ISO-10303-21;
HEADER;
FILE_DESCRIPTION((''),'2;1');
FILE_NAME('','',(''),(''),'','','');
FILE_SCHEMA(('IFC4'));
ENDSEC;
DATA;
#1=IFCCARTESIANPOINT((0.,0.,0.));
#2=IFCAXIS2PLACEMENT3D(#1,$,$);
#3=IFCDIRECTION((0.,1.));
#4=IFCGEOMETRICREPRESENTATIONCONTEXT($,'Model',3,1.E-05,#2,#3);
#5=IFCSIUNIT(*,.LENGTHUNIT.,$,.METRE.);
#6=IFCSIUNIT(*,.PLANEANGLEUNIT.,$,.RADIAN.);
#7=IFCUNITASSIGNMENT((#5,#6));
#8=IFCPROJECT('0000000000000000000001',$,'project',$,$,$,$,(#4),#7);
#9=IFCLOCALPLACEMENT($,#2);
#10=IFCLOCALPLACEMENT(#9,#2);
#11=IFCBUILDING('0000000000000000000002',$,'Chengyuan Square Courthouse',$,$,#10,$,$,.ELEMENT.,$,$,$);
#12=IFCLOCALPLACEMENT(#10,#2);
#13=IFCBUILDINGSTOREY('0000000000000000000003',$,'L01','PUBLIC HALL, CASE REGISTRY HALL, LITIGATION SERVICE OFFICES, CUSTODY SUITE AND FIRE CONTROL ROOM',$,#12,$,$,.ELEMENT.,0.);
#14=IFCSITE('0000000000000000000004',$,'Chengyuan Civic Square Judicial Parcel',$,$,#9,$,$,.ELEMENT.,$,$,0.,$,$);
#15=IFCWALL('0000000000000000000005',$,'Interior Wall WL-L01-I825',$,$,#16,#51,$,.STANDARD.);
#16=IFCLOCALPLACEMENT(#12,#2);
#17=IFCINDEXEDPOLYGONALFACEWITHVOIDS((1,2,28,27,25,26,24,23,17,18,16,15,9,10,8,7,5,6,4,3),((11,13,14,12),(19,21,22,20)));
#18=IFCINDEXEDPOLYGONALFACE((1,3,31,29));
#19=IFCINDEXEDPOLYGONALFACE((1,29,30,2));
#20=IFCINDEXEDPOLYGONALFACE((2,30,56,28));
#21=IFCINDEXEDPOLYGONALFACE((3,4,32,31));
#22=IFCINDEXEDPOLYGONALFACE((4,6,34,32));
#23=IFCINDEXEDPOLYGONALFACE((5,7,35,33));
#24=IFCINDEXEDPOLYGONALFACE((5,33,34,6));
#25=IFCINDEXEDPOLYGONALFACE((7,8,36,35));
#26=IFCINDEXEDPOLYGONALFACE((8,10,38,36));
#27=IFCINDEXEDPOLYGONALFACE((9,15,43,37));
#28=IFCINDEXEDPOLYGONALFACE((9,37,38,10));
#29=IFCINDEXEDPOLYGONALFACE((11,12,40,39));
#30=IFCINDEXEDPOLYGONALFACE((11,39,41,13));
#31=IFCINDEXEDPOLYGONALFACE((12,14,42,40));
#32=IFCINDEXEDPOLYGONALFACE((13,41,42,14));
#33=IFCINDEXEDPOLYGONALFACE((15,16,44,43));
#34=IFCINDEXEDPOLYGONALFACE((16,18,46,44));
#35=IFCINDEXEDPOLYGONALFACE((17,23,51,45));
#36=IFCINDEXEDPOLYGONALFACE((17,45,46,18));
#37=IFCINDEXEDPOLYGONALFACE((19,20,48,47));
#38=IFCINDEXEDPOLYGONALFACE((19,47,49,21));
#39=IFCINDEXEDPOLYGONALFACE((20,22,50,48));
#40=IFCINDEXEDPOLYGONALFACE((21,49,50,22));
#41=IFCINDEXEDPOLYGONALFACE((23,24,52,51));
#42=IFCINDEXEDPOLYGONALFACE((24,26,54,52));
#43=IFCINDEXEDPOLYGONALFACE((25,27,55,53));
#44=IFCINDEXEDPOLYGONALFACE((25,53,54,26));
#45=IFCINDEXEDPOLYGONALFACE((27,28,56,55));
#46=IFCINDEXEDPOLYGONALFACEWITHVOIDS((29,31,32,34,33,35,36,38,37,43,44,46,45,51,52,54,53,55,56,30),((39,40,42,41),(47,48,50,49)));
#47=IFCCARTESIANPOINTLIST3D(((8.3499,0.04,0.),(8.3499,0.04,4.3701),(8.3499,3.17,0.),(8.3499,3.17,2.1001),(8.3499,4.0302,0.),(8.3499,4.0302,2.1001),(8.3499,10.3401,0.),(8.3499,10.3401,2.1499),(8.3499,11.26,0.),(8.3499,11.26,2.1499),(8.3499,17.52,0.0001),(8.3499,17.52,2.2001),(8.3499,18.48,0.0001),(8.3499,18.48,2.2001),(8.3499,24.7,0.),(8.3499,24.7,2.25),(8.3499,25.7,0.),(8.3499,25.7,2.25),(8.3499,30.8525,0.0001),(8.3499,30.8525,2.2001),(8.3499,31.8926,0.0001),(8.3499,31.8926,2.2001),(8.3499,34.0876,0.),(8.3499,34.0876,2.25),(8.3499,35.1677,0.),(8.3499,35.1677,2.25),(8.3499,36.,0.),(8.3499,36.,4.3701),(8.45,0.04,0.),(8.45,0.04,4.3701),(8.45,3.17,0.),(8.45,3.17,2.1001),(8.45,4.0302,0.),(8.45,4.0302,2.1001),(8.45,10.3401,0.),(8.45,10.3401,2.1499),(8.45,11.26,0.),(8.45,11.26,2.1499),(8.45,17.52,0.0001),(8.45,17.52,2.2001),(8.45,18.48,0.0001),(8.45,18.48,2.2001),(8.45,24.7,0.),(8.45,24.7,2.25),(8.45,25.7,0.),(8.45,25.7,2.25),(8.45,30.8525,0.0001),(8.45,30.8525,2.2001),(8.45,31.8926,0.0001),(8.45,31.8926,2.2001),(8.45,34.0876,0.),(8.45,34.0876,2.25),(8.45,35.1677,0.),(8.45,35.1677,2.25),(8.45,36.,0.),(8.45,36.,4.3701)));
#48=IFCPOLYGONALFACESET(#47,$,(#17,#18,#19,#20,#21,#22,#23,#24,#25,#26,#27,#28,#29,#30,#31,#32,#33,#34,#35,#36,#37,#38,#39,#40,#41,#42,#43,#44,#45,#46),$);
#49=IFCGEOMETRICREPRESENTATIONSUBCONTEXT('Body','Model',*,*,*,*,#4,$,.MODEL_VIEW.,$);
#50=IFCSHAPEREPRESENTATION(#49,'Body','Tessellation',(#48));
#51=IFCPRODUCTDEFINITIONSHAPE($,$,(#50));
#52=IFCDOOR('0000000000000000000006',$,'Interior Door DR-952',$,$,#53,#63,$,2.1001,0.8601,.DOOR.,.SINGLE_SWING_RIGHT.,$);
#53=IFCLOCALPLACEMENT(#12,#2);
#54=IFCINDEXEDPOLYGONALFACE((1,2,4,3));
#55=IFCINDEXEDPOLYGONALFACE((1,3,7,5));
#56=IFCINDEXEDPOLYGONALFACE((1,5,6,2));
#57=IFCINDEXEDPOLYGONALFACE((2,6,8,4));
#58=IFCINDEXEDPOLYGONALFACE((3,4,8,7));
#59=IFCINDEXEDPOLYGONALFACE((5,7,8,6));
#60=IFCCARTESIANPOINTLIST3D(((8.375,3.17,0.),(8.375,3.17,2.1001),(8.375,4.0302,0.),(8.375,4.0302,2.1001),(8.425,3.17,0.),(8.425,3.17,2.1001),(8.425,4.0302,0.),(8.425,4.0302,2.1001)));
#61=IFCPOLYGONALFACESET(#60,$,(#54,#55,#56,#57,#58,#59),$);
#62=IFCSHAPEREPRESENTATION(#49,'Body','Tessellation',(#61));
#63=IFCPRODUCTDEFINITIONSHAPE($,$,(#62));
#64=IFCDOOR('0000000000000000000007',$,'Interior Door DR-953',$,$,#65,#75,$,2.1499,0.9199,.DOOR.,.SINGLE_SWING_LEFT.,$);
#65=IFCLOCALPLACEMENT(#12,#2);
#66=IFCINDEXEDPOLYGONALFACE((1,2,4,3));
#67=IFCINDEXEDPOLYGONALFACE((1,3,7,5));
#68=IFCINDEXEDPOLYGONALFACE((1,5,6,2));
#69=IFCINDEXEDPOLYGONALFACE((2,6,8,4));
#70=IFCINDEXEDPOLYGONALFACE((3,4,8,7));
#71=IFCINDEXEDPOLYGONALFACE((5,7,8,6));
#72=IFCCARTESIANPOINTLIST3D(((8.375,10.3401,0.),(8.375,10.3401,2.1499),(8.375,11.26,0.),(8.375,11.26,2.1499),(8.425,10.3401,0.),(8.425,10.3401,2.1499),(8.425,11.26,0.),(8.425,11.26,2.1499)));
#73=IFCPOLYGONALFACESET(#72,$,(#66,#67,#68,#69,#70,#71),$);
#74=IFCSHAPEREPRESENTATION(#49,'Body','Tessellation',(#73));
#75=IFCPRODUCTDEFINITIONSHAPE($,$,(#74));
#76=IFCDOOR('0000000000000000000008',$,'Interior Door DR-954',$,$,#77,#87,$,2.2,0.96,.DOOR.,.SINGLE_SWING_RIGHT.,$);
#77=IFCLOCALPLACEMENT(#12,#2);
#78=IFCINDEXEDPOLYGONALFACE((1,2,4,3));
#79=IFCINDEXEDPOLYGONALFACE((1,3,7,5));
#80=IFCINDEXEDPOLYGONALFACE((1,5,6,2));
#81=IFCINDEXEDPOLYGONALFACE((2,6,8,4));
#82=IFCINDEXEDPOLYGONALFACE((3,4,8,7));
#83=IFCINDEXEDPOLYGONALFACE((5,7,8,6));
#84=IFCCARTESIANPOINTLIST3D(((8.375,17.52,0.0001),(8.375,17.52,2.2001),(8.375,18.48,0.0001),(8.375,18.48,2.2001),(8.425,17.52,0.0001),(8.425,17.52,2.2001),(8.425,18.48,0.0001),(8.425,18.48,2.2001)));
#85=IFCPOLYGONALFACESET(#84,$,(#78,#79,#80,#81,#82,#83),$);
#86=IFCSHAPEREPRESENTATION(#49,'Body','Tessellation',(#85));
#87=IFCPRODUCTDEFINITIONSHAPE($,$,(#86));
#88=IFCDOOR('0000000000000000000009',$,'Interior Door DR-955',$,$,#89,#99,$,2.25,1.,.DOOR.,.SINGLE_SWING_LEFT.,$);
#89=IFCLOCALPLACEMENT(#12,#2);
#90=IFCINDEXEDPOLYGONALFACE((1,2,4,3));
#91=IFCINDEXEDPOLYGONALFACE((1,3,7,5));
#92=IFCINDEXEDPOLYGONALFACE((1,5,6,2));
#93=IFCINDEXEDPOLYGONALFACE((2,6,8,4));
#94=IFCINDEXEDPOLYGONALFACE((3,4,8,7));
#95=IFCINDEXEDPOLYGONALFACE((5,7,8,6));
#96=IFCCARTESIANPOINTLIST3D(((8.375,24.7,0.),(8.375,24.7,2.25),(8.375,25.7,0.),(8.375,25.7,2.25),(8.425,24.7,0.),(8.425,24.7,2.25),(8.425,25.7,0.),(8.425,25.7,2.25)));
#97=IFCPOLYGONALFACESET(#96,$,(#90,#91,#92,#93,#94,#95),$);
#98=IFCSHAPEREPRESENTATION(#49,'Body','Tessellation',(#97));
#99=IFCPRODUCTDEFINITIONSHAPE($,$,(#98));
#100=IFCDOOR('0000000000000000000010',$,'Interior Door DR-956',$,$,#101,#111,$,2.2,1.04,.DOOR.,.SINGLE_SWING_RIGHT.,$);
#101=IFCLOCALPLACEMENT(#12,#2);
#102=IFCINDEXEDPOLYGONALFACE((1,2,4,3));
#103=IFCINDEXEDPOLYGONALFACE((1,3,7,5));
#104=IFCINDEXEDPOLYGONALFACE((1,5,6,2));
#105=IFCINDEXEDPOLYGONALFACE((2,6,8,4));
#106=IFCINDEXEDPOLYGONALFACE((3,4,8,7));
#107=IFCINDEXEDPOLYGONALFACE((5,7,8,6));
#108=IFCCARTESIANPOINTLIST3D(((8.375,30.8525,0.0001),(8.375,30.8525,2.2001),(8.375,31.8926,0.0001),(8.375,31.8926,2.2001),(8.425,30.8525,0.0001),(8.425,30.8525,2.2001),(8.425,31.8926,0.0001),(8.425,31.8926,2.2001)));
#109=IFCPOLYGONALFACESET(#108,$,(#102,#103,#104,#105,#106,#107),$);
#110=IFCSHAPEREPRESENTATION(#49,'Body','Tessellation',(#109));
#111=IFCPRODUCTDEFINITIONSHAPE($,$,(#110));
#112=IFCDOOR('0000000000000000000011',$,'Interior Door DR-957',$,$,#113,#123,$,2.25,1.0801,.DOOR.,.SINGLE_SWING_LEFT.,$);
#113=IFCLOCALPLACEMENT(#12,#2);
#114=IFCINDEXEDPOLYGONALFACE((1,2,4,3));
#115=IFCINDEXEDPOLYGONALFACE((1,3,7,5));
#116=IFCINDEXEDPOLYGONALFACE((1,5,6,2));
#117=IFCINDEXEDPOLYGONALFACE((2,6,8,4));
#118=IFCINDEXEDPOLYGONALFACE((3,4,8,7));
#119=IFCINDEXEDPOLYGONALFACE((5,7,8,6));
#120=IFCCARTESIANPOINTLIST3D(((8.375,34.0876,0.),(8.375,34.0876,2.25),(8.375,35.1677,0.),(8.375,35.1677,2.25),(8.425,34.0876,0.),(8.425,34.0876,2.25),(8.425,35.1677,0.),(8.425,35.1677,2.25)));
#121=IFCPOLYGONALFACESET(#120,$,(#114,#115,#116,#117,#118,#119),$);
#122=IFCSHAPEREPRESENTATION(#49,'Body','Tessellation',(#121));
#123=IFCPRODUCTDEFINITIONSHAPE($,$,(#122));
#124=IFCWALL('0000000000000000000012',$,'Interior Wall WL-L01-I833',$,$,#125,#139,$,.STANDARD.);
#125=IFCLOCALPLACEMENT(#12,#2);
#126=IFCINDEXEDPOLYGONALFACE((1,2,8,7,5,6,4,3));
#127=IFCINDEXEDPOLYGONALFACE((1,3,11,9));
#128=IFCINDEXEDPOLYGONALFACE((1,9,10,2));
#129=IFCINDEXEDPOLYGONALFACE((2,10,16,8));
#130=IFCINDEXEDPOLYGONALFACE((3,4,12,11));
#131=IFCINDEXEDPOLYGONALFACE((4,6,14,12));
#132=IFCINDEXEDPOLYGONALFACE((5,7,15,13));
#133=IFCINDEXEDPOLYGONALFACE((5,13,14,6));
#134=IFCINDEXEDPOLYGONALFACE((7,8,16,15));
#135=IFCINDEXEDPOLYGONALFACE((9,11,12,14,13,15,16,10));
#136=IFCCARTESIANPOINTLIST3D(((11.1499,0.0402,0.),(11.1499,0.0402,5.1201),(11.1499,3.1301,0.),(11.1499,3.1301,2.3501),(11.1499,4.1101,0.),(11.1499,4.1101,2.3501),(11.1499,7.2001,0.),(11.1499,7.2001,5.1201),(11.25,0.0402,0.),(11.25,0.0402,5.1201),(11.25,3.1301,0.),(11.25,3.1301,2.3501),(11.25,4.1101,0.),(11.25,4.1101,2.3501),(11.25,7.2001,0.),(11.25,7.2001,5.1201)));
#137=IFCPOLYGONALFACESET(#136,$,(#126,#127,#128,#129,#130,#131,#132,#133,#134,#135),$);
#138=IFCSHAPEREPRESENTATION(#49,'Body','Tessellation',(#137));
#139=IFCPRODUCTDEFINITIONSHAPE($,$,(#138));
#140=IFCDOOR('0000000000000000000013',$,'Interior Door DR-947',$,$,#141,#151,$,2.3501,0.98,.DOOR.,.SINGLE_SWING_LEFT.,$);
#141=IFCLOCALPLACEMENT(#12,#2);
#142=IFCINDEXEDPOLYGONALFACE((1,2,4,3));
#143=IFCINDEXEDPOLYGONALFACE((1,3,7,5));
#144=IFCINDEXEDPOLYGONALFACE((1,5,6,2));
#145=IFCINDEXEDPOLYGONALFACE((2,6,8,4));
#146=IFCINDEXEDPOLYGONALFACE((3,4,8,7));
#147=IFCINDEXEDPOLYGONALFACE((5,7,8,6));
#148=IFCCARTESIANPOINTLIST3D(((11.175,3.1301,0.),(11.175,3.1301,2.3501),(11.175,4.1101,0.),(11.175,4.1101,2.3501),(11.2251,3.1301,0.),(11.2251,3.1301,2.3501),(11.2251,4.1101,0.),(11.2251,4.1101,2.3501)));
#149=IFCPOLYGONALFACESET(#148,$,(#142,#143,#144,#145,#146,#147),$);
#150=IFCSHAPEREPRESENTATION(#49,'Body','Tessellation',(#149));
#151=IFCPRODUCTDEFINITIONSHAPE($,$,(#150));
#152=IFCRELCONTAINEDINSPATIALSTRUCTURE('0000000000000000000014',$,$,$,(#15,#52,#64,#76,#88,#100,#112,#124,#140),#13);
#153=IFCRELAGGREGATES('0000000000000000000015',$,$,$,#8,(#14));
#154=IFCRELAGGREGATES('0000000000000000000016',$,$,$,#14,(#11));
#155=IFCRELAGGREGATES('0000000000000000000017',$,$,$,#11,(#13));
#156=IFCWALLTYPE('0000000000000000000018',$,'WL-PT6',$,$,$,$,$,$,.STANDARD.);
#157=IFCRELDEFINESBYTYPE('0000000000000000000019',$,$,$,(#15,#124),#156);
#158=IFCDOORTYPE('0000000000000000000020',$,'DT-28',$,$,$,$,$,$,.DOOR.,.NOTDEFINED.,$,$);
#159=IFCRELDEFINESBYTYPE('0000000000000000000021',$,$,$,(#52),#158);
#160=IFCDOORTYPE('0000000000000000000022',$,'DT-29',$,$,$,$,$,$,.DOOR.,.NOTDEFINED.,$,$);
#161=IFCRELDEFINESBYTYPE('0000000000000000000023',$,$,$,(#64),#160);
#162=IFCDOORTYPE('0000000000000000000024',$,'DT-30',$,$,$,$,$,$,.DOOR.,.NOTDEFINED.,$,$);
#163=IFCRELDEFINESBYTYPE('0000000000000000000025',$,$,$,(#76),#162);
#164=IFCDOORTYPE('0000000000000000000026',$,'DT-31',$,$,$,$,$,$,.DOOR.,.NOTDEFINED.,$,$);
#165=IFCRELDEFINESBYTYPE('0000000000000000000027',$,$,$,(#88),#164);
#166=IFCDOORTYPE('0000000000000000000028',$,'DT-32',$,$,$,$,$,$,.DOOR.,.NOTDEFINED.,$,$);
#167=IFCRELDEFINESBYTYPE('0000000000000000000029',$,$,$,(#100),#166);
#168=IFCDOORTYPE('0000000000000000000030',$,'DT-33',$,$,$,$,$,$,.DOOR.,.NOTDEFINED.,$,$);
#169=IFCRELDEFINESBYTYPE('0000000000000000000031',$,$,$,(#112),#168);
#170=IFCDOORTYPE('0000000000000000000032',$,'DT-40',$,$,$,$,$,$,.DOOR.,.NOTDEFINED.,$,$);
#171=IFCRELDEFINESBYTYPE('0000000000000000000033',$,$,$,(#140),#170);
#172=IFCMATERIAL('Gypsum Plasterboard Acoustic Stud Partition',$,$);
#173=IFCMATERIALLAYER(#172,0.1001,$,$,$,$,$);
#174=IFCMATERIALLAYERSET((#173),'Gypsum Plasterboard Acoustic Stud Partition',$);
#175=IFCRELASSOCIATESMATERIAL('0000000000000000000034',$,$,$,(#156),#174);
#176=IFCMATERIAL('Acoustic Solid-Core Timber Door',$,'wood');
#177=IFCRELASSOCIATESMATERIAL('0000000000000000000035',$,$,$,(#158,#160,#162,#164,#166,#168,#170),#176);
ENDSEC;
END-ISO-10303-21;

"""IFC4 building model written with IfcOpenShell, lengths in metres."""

from ifc_helpers import new_model, si_unit, direction, frame, frame_2d, origin, place, context, subcontext, project, spatial, rectangle, extrude, material, layer, layer_set, type_object, element, fill, save


model = new_model("IFC4")

# Units and contexts
model_context = context("Model", 3, precision=1e-05, world=origin(), true_north=direction((0.0, 1.0)))
body_context = subcontext(model_context, "Body", "Model", "MODEL_VIEW")
ifc_project = project(units=[si_unit("LENGTHUNIT", "METRE"), si_unit("PLANEANGLEUNIT", "RADIAN")], contexts=[model_context])

# Site, building, storey
site_placement = place(None, origin())
site = spatial("IfcSite", under=ifc_project, at=site_placement, Name="Chengyuan Civic Square Judicial Parcel", CompositionType="ELEMENT", RefElevation=0.0)
building_placement = place(site_placement, origin())
building = spatial("IfcBuilding", under=site, at=building_placement, Name="Chengyuan Square Courthouse", CompositionType="ELEMENT")
storey_placement = place(building_placement, origin())
storey = spatial("IfcBuildingStorey", under=building, at=storey_placement, Name="L01", Description="PUBLIC HALL, CASE REGISTRY HALL, LITIGATION SERVICE OFFICES, CUSTODY SUITE AND FIRE CONTROL ROOM", CompositionType="ELEMENT", Elevation=0.0)

# Wall, openings, doors
ifc_material_1 = material(Name="Gypsum Plasterboard Acoustic Stud Partition")
ifc_layer_1 = layer(ifc_material_1, 0.1001)
ifc_layer_set_1 = layer_set([ifc_layer_1], Name="Gypsum Plasterboard Acoustic Stud Partition")
wall_type = type_object("IfcWallType", Name="WL-PT6", PredefinedType="STANDARD", material=ifc_layer_set_1)
wall_1_placement = place(storey_placement, frame((8.3999, 0.04, 0.0), z_axis=(0.0, 0.0, 1.0), x_axis=(0.0, 1.0, 0.0)))
wall_1 = element("IfcWall", 1, at=wall_1_placement, inside=storey, type_object=wall_type, Name="Interior Wall WL-L01-I825", PredefinedType="STANDARD", context=body_context, shape_type="SweptSolid", body=[
    extrude(rectangle(XDim=35.96, YDim=0.1001, at=frame_2d((17.98, 0.0))), origin(), (0.0, 0.0, 1.0), 4.3701),
])
opening_1_placement = place(wall_1_placement, frame((3.1299, 0.0, 0.0)))
opening_1 = element("IfcOpeningElement", 2, at=opening_1_placement, cuts=wall_1, PredefinedType="OPENING", context=body_context, shape_type="SweptSolid", body=[
    extrude(rectangle(XDim=0.8601, YDim=2.1001, at=frame_2d((0.4302, 1.05))), frame((0.0, 0.062, 0.0), z_axis=(0.0, -1.0, 0.0), x_axis=(1.0, 0.0, 0.0)), (0.0, 0.0, 1.0), 0.124),
])
opening_2_placement = place(wall_1_placement, frame((10.3, 0.0, 0.0)))
opening_2 = element("IfcOpeningElement", 3, at=opening_2_placement, cuts=wall_1, PredefinedType="OPENING", context=body_context, shape_type="SweptSolid", body=[
    extrude(rectangle(XDim=0.9199, YDim=2.1499, at=frame_2d((0.46, 1.075))), frame((0.0, 0.062, 0.0), z_axis=(0.0, -1.0, 0.0), x_axis=(1.0, 0.0, 0.0)), (0.0, 0.0, 1.0), 0.124),
])
opening_3_placement = place(wall_1_placement, frame((17.48, 0.0, 0.0)))
opening_3 = element("IfcOpeningElement", 4, at=opening_3_placement, cuts=wall_1, PredefinedType="OPENING", context=body_context, shape_type="SweptSolid", body=[
    extrude(rectangle(XDim=0.96, YDim=2.2, at=frame_2d((0.48, 1.1001))), frame((0.0, 0.062, 0.0), z_axis=(0.0, -1.0, 0.0), x_axis=(1.0, 0.0, 0.0)), (0.0, 0.0, 1.0), 0.124),
])
opening_4_placement = place(wall_1_placement, frame((24.6599, 0.0, 0.0)))
opening_4 = element("IfcOpeningElement", 5, at=opening_4_placement, cuts=wall_1, PredefinedType="OPENING", context=body_context, shape_type="SweptSolid", body=[
    extrude(rectangle(XDim=1.0, YDim=2.25, at=frame_2d((0.5, 1.125))), frame((0.0, 0.062, 0.0), z_axis=(0.0, -1.0, 0.0), x_axis=(1.0, 0.0, 0.0)), (0.0, 0.0, 1.0), 0.124),
])
opening_5_placement = place(wall_1_placement, frame((30.8125, 0.0, 0.0)))
opening_5 = element("IfcOpeningElement", 6, at=opening_5_placement, cuts=wall_1, PredefinedType="OPENING", context=body_context, shape_type="SweptSolid", body=[
    extrude(rectangle(XDim=1.04, YDim=2.2, at=frame_2d((0.52, 1.1001))), frame((0.0, 0.062, 0.0), z_axis=(0.0, -1.0, 0.0), x_axis=(1.0, 0.0, 0.0)), (0.0, 0.0, 1.0), 0.124),
])
opening_6_placement = place(wall_1_placement, frame((34.0476, 0.0, 0.0)))
opening_6 = element("IfcOpeningElement", 7, at=opening_6_placement, cuts=wall_1, PredefinedType="OPENING", context=body_context, shape_type="SweptSolid", body=[
    extrude(rectangle(XDim=1.0801, YDim=2.25, at=frame_2d((0.54, 1.125))), frame((0.0, 0.062, 0.0), z_axis=(0.0, -1.0, 0.0), x_axis=(1.0, 0.0, 0.0)), (0.0, 0.0, 1.0), 0.124),
])
ifc_material_2 = material(Name="Acoustic Solid-Core Timber Door", Category="wood")
door_type_1 = type_object("IfcDoorType", Name="DT-28", OperationType="NOTDEFINED", PredefinedType="DOOR", material=ifc_material_2)
door_1_placement = place(opening_1_placement, origin())
door_1 = element("IfcDoor", 8, at=door_1_placement, inside=storey, type_object=door_type_1, Name="Interior Door DR-952", OperationType="SINGLE_SWING_RIGHT", OverallHeight=2.1001, OverallWidth=0.8601, PredefinedType="DOOR", context=body_context, shape_type="SweptSolid", body=[
    extrude(rectangle(XDim=0.8601, YDim=2.1001, at=frame_2d((0.4302, 1.05))), frame((0.0, 0.0249, 0.0), z_axis=(0.0, -1.0, 0.0), x_axis=(1.0, 0.0, 0.0)), (0.0, 0.0, 1.0), 0.05),
])
fill(opening_1, door_1)
door_type_2 = type_object("IfcDoorType", Name="DT-29", OperationType="NOTDEFINED", PredefinedType="DOOR", material=ifc_material_2)
door_2_placement = place(opening_2_placement, origin())
door_2 = element("IfcDoor", 9, at=door_2_placement, inside=storey, type_object=door_type_2, Name="Interior Door DR-953", OperationType="SINGLE_SWING_LEFT", OverallHeight=2.1499, OverallWidth=0.9199, PredefinedType="DOOR", context=body_context, shape_type="SweptSolid", body=[
    extrude(rectangle(XDim=0.9199, YDim=2.1499, at=frame_2d((0.46, 1.075))), frame((0.0, 0.0249, 0.0), z_axis=(0.0, -1.0, 0.0), x_axis=(1.0, 0.0, 0.0)), (0.0, 0.0, 1.0), 0.05),
])
fill(opening_2, door_2)
door_type_3 = type_object("IfcDoorType", Name="DT-30", OperationType="NOTDEFINED", PredefinedType="DOOR", material=ifc_material_2)
door_3_placement = place(opening_3_placement, origin())
door_3 = element("IfcDoor", 10, at=door_3_placement, inside=storey, type_object=door_type_3, Name="Interior Door DR-954", OperationType="SINGLE_SWING_RIGHT", OverallHeight=2.2, OverallWidth=0.96, PredefinedType="DOOR", context=body_context, shape_type="SweptSolid", body=[
    extrude(rectangle(XDim=0.96, YDim=2.2, at=frame_2d((0.48, 1.1001))), frame((0.0, 0.0249, 0.0), z_axis=(0.0, -1.0, 0.0), x_axis=(1.0, 0.0, 0.0)), (0.0, 0.0, 1.0), 0.05),
])
fill(opening_3, door_3)
door_type_4 = type_object("IfcDoorType", Name="DT-31", OperationType="NOTDEFINED", PredefinedType="DOOR", material=ifc_material_2)
door_4_placement = place(opening_4_placement, origin())
door_4 = element("IfcDoor", 11, at=door_4_placement, inside=storey, type_object=door_type_4, Name="Interior Door DR-955", OperationType="SINGLE_SWING_LEFT", OverallHeight=2.25, OverallWidth=1.0, PredefinedType="DOOR", context=body_context, shape_type="SweptSolid", body=[
    extrude(rectangle(XDim=1.0, YDim=2.25, at=frame_2d((0.5, 1.125))), frame((0.0, 0.0249, 0.0), z_axis=(0.0, -1.0, 0.0), x_axis=(1.0, 0.0, 0.0)), (0.0, 0.0, 1.0), 0.05),
])
fill(opening_4, door_4)
door_type_5 = type_object("IfcDoorType", Name="DT-32", OperationType="NOTDEFINED", PredefinedType="DOOR", material=ifc_material_2)
door_5_placement = place(opening_5_placement, origin())
door_5 = element("IfcDoor", 12, at=door_5_placement, inside=storey, type_object=door_type_5, Name="Interior Door DR-956", OperationType="SINGLE_SWING_RIGHT", OverallHeight=2.2, OverallWidth=1.04, PredefinedType="DOOR", context=body_context, shape_type="SweptSolid", body=[
    extrude(rectangle(XDim=1.04, YDim=2.2, at=frame_2d((0.52, 1.1001))), frame((0.0, 0.0249, 0.0), z_axis=(0.0, -1.0, 0.0), x_axis=(1.0, 0.0, 0.0)), (0.0, 0.0, 1.0), 0.05),
])
fill(opening_5, door_5)
door_type_6 = type_object("IfcDoorType", Name="DT-33", OperationType="NOTDEFINED", PredefinedType="DOOR", material=ifc_material_2)
door_6_placement = place(opening_6_placement, origin())
door_6 = element("IfcDoor", 13, at=door_6_placement, inside=storey, type_object=door_type_6, Name="Interior Door DR-957", OperationType="SINGLE_SWING_LEFT", OverallHeight=2.25, OverallWidth=1.0801, PredefinedType="DOOR", context=body_context, shape_type="SweptSolid", body=[
    extrude(rectangle(XDim=1.0801, YDim=2.25, at=frame_2d((0.54, 1.125))), frame((0.0, 0.0249, 0.0), z_axis=(0.0, -1.0, 0.0), x_axis=(1.0, 0.0, 0.0)), (0.0, 0.0, 1.0), 0.05),
])
fill(opening_6, door_6)

# Wall, opening, door
wall_2_placement = place(storey_placement, frame((11.2, 0.04, 0.0), z_axis=(0.0, 0.0, 1.0), x_axis=(0.0, 1.0, 0.0)))
wall_2 = element("IfcWall", 14, at=wall_2_placement, inside=storey, type_object=wall_type, Name="Interior Wall WL-L01-I833", PredefinedType="STANDARD", context=body_context, shape_type="SweptSolid", body=[
    extrude(rectangle(XDim=7.1599, YDim=0.1001, at=frame_2d((3.5801, 0.0))), origin(), (0.0, 0.0, 1.0), 5.1201),
])
opening_7_placement = place(wall_2_placement, frame((3.0901, 0.0, 0.0)))
opening_7 = element("IfcOpeningElement", 15, at=opening_7_placement, cuts=wall_2, PredefinedType="OPENING", context=body_context, shape_type="SweptSolid", body=[
    extrude(rectangle(XDim=0.98, YDim=2.3501, at=frame_2d((0.49, 1.175))), frame((0.0, 0.062, 0.0), z_axis=(0.0, -1.0, 0.0), x_axis=(1.0, 0.0, 0.0)), (0.0, 0.0, 1.0), 0.124),
])
door_type_7 = type_object("IfcDoorType", Name="DT-40", OperationType="NOTDEFINED", PredefinedType="DOOR", material=ifc_material_2)
door_7_placement = place(opening_7_placement, origin())
door_7 = element("IfcDoor", 16, at=door_7_placement, inside=storey, type_object=door_type_7, Name="Interior Door DR-947", OperationType="SINGLE_SWING_LEFT", OverallHeight=2.3501, OverallWidth=0.98, PredefinedType="DOOR", context=body_context, shape_type="SweptSolid", body=[
    extrude(rectangle(XDim=0.98, YDim=2.3501, at=frame_2d((0.49, 1.175))), frame((0.0, 0.0249, 0.0), z_axis=(0.0, -1.0, 0.0), x_axis=(1.0, 0.0, 0.0)), (0.0, 0.0, 1.0), 0.05),
])
fill(opening_7, door_7)

save(model, "model.ifc")
